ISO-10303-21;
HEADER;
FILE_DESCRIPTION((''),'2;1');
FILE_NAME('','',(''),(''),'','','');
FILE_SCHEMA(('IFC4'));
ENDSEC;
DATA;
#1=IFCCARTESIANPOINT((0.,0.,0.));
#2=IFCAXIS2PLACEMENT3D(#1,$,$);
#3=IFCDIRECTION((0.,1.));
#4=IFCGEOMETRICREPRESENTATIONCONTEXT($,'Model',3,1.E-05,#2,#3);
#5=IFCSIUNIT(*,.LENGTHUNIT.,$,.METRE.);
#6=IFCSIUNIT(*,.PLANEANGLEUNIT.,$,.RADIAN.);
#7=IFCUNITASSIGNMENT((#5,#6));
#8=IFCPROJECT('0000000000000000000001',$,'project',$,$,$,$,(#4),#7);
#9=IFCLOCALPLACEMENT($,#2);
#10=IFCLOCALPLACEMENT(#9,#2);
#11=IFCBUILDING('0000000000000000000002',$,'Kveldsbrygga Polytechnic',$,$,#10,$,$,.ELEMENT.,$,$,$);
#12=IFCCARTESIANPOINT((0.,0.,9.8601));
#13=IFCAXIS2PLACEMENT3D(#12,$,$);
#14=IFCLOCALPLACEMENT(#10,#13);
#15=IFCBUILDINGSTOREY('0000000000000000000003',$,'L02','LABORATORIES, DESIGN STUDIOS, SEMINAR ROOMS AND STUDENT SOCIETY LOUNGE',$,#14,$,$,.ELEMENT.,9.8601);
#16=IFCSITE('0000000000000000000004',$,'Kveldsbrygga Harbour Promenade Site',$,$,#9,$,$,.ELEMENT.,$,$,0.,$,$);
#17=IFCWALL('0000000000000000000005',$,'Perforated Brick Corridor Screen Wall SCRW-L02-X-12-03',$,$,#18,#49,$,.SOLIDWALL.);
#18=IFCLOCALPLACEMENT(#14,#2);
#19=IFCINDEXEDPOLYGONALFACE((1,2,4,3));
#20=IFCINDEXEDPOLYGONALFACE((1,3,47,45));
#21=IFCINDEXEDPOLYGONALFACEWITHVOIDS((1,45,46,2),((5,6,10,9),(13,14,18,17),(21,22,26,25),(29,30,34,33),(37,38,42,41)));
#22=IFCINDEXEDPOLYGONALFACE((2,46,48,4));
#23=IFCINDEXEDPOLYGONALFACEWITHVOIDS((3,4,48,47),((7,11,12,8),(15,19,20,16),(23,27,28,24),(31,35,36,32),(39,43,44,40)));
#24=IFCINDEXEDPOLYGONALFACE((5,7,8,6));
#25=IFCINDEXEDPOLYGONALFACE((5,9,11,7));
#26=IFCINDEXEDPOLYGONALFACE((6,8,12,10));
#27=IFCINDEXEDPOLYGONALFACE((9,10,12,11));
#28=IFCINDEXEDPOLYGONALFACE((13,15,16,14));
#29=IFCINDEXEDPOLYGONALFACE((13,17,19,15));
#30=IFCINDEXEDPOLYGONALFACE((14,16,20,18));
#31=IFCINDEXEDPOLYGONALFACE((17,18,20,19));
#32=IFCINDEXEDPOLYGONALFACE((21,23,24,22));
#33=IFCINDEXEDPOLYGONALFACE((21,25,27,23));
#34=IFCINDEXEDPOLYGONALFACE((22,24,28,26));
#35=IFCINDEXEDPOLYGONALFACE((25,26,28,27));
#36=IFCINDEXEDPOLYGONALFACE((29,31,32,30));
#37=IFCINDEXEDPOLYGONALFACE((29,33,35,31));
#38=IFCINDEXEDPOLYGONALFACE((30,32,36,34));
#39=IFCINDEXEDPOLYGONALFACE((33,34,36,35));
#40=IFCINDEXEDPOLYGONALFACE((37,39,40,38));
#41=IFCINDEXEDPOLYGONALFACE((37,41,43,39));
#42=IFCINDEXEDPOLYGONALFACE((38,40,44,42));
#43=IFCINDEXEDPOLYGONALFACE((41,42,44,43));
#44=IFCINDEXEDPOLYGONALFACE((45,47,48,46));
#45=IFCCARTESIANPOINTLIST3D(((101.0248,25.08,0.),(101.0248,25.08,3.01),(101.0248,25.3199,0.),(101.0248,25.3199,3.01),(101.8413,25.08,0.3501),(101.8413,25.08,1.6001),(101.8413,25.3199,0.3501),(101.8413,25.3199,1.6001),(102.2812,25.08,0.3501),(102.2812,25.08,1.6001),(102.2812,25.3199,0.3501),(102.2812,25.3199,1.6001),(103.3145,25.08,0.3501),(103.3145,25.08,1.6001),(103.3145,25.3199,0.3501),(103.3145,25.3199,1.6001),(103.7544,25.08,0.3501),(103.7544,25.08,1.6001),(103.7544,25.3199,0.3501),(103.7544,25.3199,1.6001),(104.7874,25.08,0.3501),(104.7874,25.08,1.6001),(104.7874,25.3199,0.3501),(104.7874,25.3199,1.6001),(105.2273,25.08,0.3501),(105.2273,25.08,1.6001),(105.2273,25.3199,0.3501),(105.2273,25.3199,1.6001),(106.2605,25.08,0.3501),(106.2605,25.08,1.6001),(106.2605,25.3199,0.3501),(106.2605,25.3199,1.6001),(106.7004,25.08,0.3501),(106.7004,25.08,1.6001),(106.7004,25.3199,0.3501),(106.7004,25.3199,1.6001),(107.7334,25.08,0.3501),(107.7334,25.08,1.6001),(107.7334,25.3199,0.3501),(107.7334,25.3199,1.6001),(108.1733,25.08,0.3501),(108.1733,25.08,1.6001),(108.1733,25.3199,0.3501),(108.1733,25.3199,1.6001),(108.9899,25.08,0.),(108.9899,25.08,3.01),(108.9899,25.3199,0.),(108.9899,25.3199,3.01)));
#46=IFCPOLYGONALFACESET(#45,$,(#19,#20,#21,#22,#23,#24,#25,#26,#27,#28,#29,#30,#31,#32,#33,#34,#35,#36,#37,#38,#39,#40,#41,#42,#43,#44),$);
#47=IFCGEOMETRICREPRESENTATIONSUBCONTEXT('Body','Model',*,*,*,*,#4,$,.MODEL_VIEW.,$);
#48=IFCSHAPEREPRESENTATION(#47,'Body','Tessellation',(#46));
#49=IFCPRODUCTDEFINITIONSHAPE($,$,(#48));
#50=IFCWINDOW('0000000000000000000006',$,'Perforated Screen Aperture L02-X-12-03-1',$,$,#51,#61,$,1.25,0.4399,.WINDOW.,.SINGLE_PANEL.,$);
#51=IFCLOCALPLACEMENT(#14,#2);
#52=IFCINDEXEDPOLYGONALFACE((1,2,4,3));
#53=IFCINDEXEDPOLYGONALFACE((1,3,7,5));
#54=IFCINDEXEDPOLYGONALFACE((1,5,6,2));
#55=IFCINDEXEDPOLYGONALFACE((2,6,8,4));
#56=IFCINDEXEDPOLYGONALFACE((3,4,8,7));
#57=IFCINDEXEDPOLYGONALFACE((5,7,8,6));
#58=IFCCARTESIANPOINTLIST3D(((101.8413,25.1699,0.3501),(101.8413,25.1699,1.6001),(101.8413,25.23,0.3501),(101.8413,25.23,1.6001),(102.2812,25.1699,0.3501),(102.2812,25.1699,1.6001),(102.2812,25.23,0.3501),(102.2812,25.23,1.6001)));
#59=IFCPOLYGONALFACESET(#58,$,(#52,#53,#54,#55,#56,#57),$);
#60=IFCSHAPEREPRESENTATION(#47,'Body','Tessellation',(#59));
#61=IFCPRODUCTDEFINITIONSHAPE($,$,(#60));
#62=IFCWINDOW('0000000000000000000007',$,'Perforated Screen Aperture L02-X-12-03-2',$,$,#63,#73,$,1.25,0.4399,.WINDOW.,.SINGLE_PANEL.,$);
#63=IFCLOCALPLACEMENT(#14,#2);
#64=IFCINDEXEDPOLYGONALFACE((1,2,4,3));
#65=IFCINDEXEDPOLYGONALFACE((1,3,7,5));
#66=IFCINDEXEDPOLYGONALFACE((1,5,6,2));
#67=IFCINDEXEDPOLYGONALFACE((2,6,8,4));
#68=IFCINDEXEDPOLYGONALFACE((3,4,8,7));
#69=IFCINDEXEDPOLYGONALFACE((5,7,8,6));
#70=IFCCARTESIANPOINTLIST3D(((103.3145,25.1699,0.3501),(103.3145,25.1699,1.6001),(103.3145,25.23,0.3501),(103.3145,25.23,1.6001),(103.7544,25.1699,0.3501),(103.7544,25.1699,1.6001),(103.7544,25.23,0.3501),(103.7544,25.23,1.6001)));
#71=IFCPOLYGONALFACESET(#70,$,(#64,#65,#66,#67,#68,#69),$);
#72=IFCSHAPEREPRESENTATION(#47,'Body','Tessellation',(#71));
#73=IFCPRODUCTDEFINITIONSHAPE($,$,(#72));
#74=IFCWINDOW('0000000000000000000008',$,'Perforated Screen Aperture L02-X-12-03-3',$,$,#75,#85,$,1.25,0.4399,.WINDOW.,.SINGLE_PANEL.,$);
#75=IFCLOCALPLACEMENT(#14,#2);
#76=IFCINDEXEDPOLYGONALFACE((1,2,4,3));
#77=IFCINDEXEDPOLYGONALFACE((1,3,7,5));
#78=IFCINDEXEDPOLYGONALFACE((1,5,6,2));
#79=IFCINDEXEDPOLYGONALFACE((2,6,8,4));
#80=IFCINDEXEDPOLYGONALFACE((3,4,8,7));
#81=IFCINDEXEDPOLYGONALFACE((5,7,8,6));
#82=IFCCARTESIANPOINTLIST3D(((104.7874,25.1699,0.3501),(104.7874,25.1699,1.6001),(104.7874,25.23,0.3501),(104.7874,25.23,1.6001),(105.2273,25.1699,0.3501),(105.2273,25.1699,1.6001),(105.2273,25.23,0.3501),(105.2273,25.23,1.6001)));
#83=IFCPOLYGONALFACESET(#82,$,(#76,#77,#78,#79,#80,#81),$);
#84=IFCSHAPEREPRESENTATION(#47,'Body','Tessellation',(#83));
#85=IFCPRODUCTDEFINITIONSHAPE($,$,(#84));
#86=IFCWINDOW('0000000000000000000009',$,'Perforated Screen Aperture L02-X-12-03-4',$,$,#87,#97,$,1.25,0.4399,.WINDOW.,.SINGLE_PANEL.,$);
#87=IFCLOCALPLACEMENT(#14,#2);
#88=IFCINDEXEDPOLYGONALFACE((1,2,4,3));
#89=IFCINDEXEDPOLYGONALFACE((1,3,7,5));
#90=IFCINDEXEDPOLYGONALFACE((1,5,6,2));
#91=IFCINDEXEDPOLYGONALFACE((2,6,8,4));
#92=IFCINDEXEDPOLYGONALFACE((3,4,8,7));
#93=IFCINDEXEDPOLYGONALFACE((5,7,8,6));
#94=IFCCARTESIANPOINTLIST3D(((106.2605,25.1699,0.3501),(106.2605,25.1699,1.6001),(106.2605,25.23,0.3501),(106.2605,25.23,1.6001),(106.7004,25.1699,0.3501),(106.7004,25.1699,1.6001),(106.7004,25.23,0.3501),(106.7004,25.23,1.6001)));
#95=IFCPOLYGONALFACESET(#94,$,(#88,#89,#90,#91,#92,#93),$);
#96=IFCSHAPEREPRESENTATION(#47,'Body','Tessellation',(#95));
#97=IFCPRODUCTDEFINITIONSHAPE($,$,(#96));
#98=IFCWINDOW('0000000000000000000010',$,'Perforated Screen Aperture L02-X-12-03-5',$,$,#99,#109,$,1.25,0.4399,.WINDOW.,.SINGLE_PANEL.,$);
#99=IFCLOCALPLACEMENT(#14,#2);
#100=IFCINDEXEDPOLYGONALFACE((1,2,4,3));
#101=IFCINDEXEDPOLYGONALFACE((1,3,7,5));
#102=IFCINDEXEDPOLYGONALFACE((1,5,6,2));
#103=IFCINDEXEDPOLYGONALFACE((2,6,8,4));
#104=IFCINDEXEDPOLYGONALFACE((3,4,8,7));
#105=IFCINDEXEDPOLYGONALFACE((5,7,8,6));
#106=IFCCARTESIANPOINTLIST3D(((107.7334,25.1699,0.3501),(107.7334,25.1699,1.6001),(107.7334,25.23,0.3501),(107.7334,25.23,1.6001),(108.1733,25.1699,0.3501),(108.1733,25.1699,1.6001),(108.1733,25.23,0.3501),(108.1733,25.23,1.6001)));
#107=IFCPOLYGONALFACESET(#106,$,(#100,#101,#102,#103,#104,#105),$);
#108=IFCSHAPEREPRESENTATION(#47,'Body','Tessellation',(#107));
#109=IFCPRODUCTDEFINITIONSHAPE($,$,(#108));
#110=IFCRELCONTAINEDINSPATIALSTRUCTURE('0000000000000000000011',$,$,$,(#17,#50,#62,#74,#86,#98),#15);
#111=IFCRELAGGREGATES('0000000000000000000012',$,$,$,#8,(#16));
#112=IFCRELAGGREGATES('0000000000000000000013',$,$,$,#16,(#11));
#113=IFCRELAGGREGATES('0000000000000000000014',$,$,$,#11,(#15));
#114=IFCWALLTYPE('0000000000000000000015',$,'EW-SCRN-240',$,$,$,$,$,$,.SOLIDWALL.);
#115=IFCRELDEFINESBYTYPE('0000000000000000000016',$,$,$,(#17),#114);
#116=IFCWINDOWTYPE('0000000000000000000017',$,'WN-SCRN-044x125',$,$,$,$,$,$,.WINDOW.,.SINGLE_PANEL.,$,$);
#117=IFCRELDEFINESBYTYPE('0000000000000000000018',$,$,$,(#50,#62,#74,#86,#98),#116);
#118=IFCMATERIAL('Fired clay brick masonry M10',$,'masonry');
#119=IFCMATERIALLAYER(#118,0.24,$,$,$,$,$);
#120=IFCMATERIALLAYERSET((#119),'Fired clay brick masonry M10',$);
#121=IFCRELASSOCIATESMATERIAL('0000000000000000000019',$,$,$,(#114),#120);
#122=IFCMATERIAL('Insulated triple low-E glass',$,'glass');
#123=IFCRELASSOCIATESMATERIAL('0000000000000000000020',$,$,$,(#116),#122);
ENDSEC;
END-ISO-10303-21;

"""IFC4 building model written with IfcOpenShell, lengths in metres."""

from ifc_helpers import new_model, si_unit, direction, frame, frame_2d, origin, place, context, subcontext, project, spatial, rectangle, extrude, material, layer, layer_set, type_object, element, fill, save


model = new_model("IFC4")

# Units and contexts
model_context = context("Model", 3, precision=1e-05, world=origin(), true_north=direction((0.0, 1.0)))
body_context = subcontext(model_context, "Body", "Model", "MODEL_VIEW")
ifc_project = project(units=[si_unit("LENGTHUNIT", "METRE"), si_unit("PLANEANGLEUNIT", "RADIAN")], contexts=[model_context])

# Site, building, storey
site_placement = place(None, origin())
site = spatial("IfcSite", under=ifc_project, at=site_placement, Name="Kveldsbrygga Harbour Promenade Site", CompositionType="ELEMENT", RefElevation=0.0)
building_placement = place(site_placement, origin())
building = spatial("IfcBuilding", under=site, at=building_placement, Name="Kveldsbrygga Polytechnic", CompositionType="ELEMENT")
storey_placement = place(building_placement, frame((0.0, 0.0, 9.8601)))
storey = spatial("IfcBuildingStorey", under=building, at=storey_placement, Name="L02", Description="LABORATORIES, DESIGN STUDIOS, SEMINAR ROOMS AND STUDENT SOCIETY LOUNGE", CompositionType="ELEMENT", Elevation=9.8601)

# Wall, openings, windows
ifc_material_1 = material(Name="Fired clay brick masonry M10", Category="masonry")
ifc_layer_1 = layer(ifc_material_1, 0.24)
ifc_layer_set_1 = layer_set([ifc_layer_1], Name="Fired clay brick masonry M10")
wall_type = type_object("IfcWallType", Name="EW-SCRN-240", PredefinedType="SOLIDWALL", material=ifc_layer_set_1)
wall_1_placement = place(storey_placement, frame((101.0249, 25.2, 0.0), z_axis=(0.0, 0.0, 1.0), x_axis=(1.0, 0.0, 0.0)))
wall_1 = element("IfcWall", 1, at=wall_1_placement, inside=storey, type_object=wall_type, Name="Perforated Brick Corridor Screen Wall SCRW-L02-X-12-03", PredefinedType="SOLIDWALL", context=body_context, shape_type="SweptSolid", body=[
    extrude(rectangle(XDim=7.9651, YDim=0.24, at=frame_2d((3.9824, 0.0))), origin(), (0.0, 0.0, 1.0), 3.01),
])
opening_1_placement = place(wall_1_placement, frame((0.8164, 0.0, 0.3501)))
opening_1 = element("IfcOpeningElement", 2, at=opening_1_placement, cuts=wall_1, PredefinedType="OPENING", context=body_context, shape_type="SweptSolid", body=[
    extrude(rectangle(XDim=0.4399, YDim=1.25, at=frame_2d((0.22, 0.625))), frame((0.0, 0.1299, 0.0), z_axis=(0.0, -1.0, 0.0), x_axis=(1.0, 0.0, 0.0)), (0.0, 0.0, 1.0), 0.26),
])
opening_2_placement = place(wall_1_placement, frame((2.2896, 0.0, 0.3501)))
opening_2 = element("IfcOpeningElement", 3, at=opening_2_placement, cuts=wall_1, PredefinedType="OPENING", context=body_context, shape_type="SweptSolid", body=[
    extrude(rectangle(XDim=0.4399, YDim=1.25, at=frame_2d((0.22, 0.625))), frame((0.0, 0.1299, 0.0), z_axis=(0.0, -1.0, 0.0), x_axis=(1.0, 0.0, 0.0)), (0.0, 0.0, 1.0), 0.26),
])
opening_3_placement = place(wall_1_placement, frame((3.7625, 0.0, 0.3501)))
opening_3 = element("IfcOpeningElement", 4, at=opening_3_placement, cuts=wall_1, PredefinedType="OPENING", context=body_context, shape_type="SweptSolid", body=[
    extrude(rectangle(XDim=0.4399, YDim=1.25, at=frame_2d((0.22, 0.625))), frame((0.0, 0.1299, 0.0), z_axis=(0.0, -1.0, 0.0), x_axis=(1.0, 0.0, 0.0)), (0.0, 0.0, 1.0), 0.26),
])
opening_4_placement = place(wall_1_placement, frame((5.2356, 0.0, 0.3501)))
opening_4 = element("IfcOpeningElement", 5, at=opening_4_placement, cuts=wall_1, PredefinedType="OPENING", context=body_context, shape_type="SweptSolid", body=[
    extrude(rectangle(XDim=0.4399, YDim=1.25, at=frame_2d((0.22, 0.625))), frame((0.0, 0.1299, 0.0), z_axis=(0.0, -1.0, 0.0), x_axis=(1.0, 0.0, 0.0)), (0.0, 0.0, 1.0), 0.26),
])
opening_5_placement = place(wall_1_placement, frame((6.7085, 0.0, 0.3501)))
opening_5 = element("IfcOpeningElement", 6, at=opening_5_placement, cuts=wall_1, PredefinedType="OPENING", context=body_context, shape_type="SweptSolid", body=[
    extrude(rectangle(XDim=0.4399, YDim=1.25, at=frame_2d((0.22, 0.625))), frame((0.0, 0.1299, 0.0), z_axis=(0.0, -1.0, 0.0), x_axis=(1.0, 0.0, 0.0)), (0.0, 0.0, 1.0), 0.26),
])
ifc_material_2 = material(Name="Insulated triple low-E glass", Category="glass")
window_type = type_object("IfcWindowType", Name="WN-SCRN-044x125", PartitioningType="SINGLE_PANEL", PredefinedType="WINDOW", material=ifc_material_2)
window_1_placement = place(opening_1_placement, origin())
window_1 = element("IfcWindow", 7, at=window_1_placement, inside=storey, type_object=window_type, Name="Perforated Screen Aperture L02-X-12-03-1", OverallHeight=1.25, OverallWidth=0.4399, PartitioningType="SINGLE_PANEL", PredefinedType="WINDOW", context=body_context, shape_type="SweptSolid", body=[
    extrude(rectangle(XDim=0.4399, YDim=1.25, at=frame_2d((0.22, 0.625))), frame((0.0, 0.03, 0.0), z_axis=(0.0, -1.0, 0.0), x_axis=(1.0, 0.0, 0.0)), (0.0, 0.0, 1.0), 0.0601),
])
fill(opening_1, window_1)
window_2_placement = place(opening_2_placement, origin())
window_2 = element("IfcWindow", 8, at=window_2_placement, inside=storey, type_object=window_type, Name="Perforated Screen Aperture L02-X-12-03-2", OverallHeight=1.25, OverallWidth=0.4399, PartitioningType="SINGLE_PANEL", PredefinedType="WINDOW", context=body_context, shape_type="SweptSolid", body=[
    extrude(rectangle(XDim=0.4399, YDim=1.25, at=frame_2d((0.22, 0.625))), frame((0.0, 0.03, 0.0), z_axis=(0.0, -1.0, 0.0), x_axis=(1.0, 0.0, 0.0)), (0.0, 0.0, 1.0), 0.0601),
])
fill(opening_2, window_2)
window_3_placement = place(opening_3_placement, origin())
window_3 = element("IfcWindow", 9, at=window_3_placement, inside=storey, type_object=window_type, Name="Perforated Screen Aperture L02-X-12-03-3", OverallHeight=1.25, OverallWidth=0.4399, PartitioningType="SINGLE_PANEL", PredefinedType="WINDOW", context=body_context, shape_type="SweptSolid", body=[
    extrude(rectangle(XDim=0.4399, YDim=1.25, at=frame_2d((0.22, 0.625))), frame((0.0, 0.03, 0.0), z_axis=(0.0, -1.0, 0.0), x_axis=(1.0, 0.0, 0.0)), (0.0, 0.0, 1.0), 0.0601),
])
fill(opening_3, window_3)
window_4_placement = place(opening_4_placement, origin())
window_4 = element("IfcWindow", 10, at=window_4_placement, inside=storey, type_object=window_type, Name="Perforated Screen Aperture L02-X-12-03-4", OverallHeight=1.25, OverallWidth=0.4399, PartitioningType="SINGLE_PANEL", PredefinedType="WINDOW", context=body_context, shape_type="SweptSolid", body=[
    extrude(rectangle(XDim=0.4399, YDim=1.25, at=frame_2d((0.22, 0.625))), frame((0.0, 0.03, 0.0), z_axis=(0.0, -1.0, 0.0), x_axis=(1.0, 0.0, 0.0)), (0.0, 0.0, 1.0), 0.0601),
])
fill(opening_4, window_4)
window_5_placement = place(opening_5_placement, origin())
window_5 = element("IfcWindow", 11, at=window_5_placement, inside=storey, type_object=window_type, Name="Perforated Screen Aperture L02-X-12-03-5", OverallHeight=1.25, OverallWidth=0.4399, PartitioningType="SINGLE_PANEL", PredefinedType="WINDOW", context=body_context, shape_type="SweptSolid", body=[
    extrude(rectangle(XDim=0.4399, YDim=1.25, at=frame_2d((0.22, 0.625))), frame((0.0, 0.03, 0.0), z_axis=(0.0, -1.0, 0.0), x_axis=(1.0, 0.0, 0.0)), (0.0, 0.0, 1.0), 0.0601),
])
fill(opening_5, window_5)

save(model, "model.ifc")
